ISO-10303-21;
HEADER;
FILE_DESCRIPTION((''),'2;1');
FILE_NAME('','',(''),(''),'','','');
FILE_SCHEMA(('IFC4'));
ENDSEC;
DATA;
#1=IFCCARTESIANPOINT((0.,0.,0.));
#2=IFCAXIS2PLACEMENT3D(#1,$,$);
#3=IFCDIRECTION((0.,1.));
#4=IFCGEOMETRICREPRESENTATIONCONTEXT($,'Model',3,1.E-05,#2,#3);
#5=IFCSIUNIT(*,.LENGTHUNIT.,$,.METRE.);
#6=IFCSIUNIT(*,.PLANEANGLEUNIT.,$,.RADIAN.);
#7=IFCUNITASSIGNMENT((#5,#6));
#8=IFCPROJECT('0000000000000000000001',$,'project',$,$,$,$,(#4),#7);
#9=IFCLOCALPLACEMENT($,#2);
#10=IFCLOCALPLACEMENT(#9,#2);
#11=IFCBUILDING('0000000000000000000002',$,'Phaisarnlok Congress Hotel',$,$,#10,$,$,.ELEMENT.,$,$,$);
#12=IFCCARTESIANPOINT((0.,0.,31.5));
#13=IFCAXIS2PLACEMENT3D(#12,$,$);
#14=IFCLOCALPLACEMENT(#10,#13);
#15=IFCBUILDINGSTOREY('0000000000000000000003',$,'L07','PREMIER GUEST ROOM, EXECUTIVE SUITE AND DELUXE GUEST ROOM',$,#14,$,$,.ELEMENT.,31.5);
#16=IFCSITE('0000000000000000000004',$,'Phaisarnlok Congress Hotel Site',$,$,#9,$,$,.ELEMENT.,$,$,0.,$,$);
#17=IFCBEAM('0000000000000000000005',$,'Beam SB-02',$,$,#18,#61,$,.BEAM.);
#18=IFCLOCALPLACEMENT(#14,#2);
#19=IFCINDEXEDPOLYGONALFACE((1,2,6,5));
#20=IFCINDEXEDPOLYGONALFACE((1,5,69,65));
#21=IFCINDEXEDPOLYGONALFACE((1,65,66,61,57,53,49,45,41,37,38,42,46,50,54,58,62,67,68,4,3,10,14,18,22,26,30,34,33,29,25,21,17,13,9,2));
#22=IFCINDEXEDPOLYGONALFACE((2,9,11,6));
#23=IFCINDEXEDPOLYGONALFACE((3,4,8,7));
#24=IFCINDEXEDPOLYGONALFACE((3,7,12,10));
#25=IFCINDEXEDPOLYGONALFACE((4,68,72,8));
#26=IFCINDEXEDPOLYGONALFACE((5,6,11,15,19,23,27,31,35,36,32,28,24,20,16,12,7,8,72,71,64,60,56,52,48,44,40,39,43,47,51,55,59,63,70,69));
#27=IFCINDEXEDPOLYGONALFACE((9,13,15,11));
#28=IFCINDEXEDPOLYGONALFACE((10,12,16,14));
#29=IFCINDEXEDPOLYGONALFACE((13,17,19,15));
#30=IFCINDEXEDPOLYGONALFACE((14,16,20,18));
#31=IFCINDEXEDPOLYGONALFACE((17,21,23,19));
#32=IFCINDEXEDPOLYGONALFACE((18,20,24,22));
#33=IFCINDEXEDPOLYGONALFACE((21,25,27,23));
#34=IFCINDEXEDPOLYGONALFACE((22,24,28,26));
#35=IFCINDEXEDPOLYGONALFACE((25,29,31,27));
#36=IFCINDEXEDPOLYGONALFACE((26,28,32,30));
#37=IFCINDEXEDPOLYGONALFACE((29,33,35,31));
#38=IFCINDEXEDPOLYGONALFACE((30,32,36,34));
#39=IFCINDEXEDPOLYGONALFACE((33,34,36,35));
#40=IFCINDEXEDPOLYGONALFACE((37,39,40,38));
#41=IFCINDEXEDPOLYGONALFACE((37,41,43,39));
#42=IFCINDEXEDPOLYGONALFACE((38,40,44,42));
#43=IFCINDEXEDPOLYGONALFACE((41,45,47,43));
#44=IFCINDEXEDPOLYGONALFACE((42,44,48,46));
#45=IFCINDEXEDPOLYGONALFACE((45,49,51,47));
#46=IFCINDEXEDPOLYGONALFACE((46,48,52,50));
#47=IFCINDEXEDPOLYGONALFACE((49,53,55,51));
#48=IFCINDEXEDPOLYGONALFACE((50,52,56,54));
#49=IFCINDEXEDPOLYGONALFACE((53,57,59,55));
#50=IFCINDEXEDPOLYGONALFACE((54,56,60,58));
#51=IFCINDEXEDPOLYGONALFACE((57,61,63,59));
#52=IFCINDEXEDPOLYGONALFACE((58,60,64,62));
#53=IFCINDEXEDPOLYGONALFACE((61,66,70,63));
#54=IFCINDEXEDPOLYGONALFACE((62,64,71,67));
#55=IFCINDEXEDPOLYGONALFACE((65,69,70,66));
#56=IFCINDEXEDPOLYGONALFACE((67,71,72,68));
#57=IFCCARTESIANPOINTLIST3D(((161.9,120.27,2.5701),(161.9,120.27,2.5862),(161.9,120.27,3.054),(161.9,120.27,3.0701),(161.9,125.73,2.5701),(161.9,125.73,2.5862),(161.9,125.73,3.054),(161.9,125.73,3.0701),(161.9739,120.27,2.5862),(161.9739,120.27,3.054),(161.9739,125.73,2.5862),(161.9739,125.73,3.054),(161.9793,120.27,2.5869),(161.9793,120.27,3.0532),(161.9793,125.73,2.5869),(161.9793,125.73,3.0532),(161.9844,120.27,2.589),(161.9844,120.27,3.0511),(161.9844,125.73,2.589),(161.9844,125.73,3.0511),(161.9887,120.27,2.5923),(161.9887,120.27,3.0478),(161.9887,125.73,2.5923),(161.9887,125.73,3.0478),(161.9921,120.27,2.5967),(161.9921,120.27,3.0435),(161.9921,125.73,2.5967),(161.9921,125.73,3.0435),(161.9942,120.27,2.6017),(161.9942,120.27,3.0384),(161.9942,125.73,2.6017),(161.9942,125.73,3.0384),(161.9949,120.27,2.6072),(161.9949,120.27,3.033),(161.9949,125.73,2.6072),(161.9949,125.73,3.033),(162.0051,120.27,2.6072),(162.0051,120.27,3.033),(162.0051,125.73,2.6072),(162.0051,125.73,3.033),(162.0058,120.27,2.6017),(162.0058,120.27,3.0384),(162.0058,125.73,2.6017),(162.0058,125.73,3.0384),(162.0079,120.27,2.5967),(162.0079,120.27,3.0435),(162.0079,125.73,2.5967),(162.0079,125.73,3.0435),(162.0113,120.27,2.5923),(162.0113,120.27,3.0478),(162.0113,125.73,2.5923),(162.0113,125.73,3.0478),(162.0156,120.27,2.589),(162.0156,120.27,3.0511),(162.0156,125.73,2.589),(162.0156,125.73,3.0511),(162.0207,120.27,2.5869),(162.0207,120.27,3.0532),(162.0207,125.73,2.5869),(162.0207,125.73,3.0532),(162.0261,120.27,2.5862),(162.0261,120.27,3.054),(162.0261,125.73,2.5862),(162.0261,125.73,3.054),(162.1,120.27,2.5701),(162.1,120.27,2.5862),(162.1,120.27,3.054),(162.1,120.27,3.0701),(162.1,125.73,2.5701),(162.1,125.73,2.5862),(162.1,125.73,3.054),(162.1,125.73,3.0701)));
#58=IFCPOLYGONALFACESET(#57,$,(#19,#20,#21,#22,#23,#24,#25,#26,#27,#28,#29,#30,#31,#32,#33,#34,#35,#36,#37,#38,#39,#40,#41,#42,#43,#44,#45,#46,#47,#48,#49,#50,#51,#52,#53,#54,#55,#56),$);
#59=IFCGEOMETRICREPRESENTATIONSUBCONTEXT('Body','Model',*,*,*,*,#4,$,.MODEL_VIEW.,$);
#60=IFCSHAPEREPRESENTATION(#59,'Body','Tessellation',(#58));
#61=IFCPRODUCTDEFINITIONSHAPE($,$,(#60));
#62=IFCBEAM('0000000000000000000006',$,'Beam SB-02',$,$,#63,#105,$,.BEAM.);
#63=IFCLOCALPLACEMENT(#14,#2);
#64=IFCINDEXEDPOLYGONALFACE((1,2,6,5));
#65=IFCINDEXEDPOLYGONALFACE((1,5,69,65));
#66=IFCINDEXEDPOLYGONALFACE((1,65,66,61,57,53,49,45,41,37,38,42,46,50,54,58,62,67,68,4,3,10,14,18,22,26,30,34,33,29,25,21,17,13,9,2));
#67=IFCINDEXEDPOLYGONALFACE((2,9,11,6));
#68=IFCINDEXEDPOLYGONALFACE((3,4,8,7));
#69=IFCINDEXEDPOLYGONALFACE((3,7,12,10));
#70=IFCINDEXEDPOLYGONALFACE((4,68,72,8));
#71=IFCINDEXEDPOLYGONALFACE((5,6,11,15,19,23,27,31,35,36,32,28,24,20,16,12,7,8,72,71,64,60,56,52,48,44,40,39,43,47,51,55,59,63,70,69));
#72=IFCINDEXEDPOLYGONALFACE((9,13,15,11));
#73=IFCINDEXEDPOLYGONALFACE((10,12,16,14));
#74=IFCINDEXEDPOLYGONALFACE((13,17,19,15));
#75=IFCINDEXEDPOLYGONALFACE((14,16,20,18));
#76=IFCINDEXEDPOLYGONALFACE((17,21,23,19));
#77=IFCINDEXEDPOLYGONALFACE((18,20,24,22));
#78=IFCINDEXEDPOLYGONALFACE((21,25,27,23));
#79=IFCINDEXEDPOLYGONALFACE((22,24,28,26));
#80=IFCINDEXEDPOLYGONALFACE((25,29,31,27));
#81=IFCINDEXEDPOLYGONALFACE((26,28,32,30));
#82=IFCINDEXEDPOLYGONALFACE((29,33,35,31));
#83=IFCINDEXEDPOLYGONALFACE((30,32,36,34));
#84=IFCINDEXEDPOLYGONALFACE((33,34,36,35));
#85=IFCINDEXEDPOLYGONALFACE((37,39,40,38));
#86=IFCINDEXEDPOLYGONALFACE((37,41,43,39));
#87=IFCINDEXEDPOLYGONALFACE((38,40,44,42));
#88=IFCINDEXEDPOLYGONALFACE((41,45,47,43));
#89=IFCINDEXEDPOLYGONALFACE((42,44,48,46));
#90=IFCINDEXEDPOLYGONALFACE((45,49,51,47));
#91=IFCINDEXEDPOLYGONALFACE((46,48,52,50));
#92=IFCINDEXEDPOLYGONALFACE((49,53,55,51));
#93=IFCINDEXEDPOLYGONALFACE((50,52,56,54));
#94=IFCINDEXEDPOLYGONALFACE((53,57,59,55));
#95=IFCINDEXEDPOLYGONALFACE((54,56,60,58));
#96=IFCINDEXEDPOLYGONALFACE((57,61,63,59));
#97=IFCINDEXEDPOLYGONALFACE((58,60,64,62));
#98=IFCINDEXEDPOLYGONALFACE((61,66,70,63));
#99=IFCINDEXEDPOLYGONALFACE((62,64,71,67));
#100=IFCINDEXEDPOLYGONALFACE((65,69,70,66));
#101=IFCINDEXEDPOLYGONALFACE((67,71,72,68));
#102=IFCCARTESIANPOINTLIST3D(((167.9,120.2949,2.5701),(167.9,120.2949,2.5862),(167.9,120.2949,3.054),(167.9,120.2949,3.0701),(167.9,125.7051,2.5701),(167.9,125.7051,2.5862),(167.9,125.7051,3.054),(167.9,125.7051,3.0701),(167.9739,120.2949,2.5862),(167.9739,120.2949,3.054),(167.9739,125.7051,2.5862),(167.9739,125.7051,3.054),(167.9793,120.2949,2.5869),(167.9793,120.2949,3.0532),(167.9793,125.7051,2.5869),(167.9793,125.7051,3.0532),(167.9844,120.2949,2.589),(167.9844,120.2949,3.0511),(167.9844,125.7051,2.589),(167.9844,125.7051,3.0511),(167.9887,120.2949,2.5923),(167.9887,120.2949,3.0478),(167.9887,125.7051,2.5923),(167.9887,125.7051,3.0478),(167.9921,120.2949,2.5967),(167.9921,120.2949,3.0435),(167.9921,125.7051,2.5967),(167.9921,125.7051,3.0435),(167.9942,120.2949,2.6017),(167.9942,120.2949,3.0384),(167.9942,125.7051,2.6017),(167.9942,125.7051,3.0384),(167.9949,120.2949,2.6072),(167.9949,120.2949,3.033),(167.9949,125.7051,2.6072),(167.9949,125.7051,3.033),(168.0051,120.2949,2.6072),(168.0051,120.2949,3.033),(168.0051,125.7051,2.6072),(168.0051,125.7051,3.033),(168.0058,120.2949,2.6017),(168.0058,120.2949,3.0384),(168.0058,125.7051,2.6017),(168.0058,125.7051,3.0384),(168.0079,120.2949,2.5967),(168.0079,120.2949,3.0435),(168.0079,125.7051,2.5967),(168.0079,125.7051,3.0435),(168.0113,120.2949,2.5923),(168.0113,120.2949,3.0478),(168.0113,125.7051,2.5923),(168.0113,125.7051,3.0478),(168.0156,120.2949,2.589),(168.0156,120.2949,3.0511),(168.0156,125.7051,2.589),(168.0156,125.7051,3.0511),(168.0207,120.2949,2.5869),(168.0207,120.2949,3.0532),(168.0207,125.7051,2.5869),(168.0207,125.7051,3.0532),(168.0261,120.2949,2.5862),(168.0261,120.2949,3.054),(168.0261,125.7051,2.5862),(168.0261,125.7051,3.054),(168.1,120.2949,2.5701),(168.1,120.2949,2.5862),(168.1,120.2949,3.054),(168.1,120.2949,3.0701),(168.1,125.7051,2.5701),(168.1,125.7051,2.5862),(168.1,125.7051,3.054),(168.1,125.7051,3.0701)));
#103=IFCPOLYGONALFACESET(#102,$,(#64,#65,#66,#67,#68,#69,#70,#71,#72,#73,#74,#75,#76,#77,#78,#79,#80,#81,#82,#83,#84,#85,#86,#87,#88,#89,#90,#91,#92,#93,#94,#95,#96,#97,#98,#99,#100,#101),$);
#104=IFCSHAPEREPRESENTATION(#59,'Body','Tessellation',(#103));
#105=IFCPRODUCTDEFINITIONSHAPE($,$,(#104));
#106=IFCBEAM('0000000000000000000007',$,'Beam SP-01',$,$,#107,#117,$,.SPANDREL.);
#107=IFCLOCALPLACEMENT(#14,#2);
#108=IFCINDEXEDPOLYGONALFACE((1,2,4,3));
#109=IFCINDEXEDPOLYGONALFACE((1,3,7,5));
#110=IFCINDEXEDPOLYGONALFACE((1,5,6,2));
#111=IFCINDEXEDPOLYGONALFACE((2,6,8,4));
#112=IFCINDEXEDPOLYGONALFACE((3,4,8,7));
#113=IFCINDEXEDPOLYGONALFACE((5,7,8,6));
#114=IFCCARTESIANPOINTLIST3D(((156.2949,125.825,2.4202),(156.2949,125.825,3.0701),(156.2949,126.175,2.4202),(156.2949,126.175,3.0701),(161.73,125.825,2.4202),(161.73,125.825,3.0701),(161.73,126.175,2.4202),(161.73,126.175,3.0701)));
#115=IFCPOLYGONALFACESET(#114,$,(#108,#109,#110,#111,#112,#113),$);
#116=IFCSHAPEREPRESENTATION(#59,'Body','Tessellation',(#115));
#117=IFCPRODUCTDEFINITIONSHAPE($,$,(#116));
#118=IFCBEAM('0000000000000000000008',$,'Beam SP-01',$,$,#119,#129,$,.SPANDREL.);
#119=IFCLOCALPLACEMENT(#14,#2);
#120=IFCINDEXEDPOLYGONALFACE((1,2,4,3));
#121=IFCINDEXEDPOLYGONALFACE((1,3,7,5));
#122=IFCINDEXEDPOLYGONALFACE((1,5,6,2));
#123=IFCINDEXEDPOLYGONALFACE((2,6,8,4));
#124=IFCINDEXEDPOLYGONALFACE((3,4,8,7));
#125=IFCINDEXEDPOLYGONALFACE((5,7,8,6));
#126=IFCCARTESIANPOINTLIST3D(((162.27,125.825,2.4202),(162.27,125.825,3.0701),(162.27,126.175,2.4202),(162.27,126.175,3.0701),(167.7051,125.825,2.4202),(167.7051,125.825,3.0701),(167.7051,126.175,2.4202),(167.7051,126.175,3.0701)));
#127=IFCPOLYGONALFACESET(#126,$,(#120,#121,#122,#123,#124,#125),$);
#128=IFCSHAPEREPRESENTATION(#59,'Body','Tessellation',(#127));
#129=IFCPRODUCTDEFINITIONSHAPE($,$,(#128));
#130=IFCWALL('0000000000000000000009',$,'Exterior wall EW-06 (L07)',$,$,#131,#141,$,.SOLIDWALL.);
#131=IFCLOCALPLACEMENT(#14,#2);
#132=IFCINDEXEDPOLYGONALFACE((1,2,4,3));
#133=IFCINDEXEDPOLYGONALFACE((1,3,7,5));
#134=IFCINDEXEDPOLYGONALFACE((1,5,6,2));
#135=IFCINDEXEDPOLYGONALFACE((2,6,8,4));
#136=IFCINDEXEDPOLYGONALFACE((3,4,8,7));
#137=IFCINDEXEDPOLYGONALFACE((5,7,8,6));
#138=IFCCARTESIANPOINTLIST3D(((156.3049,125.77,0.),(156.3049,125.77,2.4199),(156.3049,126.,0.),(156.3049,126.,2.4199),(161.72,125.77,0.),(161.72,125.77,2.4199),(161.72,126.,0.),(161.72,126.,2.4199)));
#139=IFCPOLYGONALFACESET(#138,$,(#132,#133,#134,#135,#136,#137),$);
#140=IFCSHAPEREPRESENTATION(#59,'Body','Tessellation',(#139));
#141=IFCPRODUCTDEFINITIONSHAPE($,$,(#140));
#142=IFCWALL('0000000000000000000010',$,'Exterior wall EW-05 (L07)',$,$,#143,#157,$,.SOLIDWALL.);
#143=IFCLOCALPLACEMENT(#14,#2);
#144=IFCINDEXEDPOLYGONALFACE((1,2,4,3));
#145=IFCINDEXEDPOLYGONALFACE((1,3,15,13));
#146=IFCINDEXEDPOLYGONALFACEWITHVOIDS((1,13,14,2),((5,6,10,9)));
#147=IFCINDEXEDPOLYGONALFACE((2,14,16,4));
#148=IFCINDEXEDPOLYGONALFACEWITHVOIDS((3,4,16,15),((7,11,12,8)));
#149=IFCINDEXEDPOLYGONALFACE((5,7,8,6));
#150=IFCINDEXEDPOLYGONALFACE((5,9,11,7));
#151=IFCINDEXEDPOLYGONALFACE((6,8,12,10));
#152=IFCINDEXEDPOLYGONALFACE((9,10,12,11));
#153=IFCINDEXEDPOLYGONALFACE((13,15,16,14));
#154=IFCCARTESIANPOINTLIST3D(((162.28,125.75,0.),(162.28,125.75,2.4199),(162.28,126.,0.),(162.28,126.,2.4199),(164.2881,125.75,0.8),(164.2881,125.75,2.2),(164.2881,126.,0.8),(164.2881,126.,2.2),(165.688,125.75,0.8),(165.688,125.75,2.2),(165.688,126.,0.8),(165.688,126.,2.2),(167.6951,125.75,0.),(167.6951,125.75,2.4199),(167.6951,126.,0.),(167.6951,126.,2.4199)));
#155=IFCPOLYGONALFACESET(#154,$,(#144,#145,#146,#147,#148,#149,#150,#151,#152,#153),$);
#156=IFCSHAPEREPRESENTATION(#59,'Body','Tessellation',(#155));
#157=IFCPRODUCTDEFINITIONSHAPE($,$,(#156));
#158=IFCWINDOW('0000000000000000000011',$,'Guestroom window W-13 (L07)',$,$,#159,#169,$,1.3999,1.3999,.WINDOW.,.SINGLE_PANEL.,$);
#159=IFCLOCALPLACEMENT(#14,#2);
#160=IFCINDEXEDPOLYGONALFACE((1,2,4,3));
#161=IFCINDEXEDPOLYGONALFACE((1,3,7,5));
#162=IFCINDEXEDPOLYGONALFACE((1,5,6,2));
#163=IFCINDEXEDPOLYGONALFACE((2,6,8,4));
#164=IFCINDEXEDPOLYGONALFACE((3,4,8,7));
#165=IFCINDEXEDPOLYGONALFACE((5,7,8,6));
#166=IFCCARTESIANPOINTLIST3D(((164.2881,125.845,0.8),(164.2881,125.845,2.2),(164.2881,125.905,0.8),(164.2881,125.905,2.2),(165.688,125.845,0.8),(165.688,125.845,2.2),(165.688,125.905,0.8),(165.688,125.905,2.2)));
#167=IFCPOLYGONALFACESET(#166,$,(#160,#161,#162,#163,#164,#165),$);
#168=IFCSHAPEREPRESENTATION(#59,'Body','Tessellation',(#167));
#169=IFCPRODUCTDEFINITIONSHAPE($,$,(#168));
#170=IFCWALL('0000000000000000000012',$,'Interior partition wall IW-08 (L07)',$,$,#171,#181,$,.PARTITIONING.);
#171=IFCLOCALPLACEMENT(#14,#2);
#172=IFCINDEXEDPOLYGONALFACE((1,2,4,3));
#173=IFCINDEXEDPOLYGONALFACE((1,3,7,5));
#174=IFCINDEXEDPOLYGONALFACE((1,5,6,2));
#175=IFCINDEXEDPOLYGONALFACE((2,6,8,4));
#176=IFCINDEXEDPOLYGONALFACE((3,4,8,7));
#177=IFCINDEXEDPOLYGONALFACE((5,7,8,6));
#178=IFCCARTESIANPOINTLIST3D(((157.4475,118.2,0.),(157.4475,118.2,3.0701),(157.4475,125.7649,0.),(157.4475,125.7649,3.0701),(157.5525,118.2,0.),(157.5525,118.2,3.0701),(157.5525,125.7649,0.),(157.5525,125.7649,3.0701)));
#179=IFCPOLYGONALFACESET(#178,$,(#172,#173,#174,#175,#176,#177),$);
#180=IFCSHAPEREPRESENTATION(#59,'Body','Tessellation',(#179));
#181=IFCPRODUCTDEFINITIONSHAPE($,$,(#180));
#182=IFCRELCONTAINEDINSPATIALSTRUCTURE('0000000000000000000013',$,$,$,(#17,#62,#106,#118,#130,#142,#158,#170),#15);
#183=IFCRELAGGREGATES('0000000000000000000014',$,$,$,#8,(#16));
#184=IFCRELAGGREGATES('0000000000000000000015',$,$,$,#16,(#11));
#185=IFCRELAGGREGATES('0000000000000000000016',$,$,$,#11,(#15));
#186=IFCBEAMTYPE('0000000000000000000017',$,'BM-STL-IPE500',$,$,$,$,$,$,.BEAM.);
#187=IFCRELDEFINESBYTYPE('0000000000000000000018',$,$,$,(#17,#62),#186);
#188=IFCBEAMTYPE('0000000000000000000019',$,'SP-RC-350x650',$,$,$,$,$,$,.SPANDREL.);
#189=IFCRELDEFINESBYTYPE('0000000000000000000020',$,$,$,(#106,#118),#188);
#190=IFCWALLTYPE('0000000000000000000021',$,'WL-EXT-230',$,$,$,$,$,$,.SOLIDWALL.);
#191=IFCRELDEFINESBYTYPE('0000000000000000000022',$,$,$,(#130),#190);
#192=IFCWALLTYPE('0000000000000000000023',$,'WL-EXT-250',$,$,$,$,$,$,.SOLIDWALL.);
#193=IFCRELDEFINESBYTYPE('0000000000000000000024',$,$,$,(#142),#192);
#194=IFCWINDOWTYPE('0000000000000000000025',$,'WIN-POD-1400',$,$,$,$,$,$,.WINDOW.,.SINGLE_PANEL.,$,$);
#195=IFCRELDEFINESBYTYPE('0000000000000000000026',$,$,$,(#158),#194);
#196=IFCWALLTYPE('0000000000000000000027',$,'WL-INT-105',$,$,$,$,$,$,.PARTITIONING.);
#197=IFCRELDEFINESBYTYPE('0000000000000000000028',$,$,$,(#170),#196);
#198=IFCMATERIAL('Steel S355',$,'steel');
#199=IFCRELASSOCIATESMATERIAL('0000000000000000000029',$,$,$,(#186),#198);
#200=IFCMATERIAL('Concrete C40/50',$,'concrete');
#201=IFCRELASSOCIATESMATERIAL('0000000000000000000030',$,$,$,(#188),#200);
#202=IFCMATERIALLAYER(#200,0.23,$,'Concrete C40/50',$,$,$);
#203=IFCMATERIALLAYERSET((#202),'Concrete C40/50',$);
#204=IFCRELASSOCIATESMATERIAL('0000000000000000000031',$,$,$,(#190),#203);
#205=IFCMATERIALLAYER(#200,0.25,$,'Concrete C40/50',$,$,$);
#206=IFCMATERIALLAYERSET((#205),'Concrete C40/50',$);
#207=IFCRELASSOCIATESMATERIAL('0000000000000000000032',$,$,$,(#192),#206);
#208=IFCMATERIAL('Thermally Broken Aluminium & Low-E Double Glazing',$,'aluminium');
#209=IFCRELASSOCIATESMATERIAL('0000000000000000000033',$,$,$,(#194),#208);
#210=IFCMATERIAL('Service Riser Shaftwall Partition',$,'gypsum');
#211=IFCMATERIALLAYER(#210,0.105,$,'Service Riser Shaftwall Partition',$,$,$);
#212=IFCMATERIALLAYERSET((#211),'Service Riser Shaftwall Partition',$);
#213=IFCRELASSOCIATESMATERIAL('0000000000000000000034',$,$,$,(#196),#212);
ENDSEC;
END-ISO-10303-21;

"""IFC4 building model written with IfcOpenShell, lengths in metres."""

from ifc_helpers import new_model, si_unit, direction, frame, frame_2d, origin, origin_2d, place, context, subcontext, project, spatial, rectangle, i_section, extrude, material, layer, layer_set, material_profile, profile_set, type_object, element, fill, save


model = new_model("IFC4")

# Units and contexts
model_context = context("Model", 3, precision=1e-05, world=origin(), true_north=direction((0.0, 1.0)))
body_context = subcontext(model_context, "Body", "Model", "MODEL_VIEW")
ifc_project = project(units=[si_unit("LENGTHUNIT", "METRE"), si_unit("PLANEANGLEUNIT", "RADIAN")], contexts=[model_context])

# Site, building, storey
site_placement = place(None, origin())
site = spatial("IfcSite", under=ifc_project, at=site_placement, Name="Phaisarnlok Congress Hotel Site", CompositionType="ELEMENT", RefElevation=0.0)
building_placement = place(site_placement, origin())
building = spatial("IfcBuilding", under=site, at=building_placement, Name="Phaisarnlok Congress Hotel", CompositionType="ELEMENT")
storey_placement = place(building_placement, frame((0.0, 0.0, 31.5)))
storey = spatial("IfcBuildingStorey", under=building, at=storey_placement, Name="L07", Description="PREMIER GUEST ROOM, EXECUTIVE SUITE AND DELUXE GUEST ROOM", CompositionType="ELEMENT", Elevation=31.5)

# Beams
ifc_material_1 = material(Name="Concrete C40/50", Category="concrete")
ifc_material_2 = material(Name="Steel S355", Category="steel")
ifc_material_profile_1 = material_profile(ifc_material_2, i_section(OverallWidth=0.2, OverallDepth=0.5, WebThickness=0.0103, FlangeThickness=0.0161, FilletRadius=0.021, at=origin_2d()), Name="IPE 500")
ifc_profile_set_1 = profile_set([ifc_material_profile_1], Name="Steel S355")
beam_type_1 = type_object("IfcBeamType", Name="BM-STL-IPE500", PredefinedType="BEAM", material=ifc_profile_set_1)
beam_1_placement = place(storey_placement, frame((162.0, 120.27, 2.8201), z_axis=(0.0, 1.0, 0.0), x_axis=(-1.0, 0.0, 0.0)))
element("IfcBeam", 1, at=beam_1_placement, inside=storey, type_object=beam_type_1, Name="Beam SB-02", PredefinedType="BEAM", context=body_context, shape_type="SweptSolid", body=[
    extrude(i_section(OverallWidth=0.2, OverallDepth=0.5, WebThickness=0.0103, FlangeThickness=0.0161, FilletRadius=0.021, at=origin_2d()), origin(), (0.0, 0.0, 1.0), 5.46),
])
beam_2_placement = place(storey_placement, frame((168.0, 120.2949, 2.8201), z_axis=(0.0, 1.0, 0.0), x_axis=(-1.0, 0.0, 0.0)))
element("IfcBeam", 2, at=beam_2_placement, inside=storey, type_object=beam_type_1, Name="Beam SB-02", PredefinedType="BEAM", context=body_context, shape_type="SweptSolid", body=[
    extrude(i_section(OverallWidth=0.2, OverallDepth=0.5, WebThickness=0.0103, FlangeThickness=0.0161, FilletRadius=0.021, at=origin_2d()), origin(), (0.0, 0.0, 1.0), 5.4102),
])
ifc_material_profile_2 = material_profile(ifc_material_1, rectangle(XDim=0.3501, YDim=0.6499, at=origin_2d()), Name="RC 350x650")
ifc_profile_set_2 = profile_set([ifc_material_profile_2], Name="Concrete C40/50")
beam_type_2 = type_object("IfcBeamType", Name="SP-RC-350x650", PredefinedType="SPANDREL", material=ifc_profile_set_2)
for number, where, z_axis, x_axis, name in (
    (3, (156.2949, 126.0, 2.7451), (1.0, 0.0, 0.0), (0.0, 1.0, 0.0), "Beam SP-01"),
    (4, (162.27, 126.0, 2.7451), (1.0, 0.0, 0.0), (0.0, 1.0, 0.0), "Beam SP-01"),
):
    element("IfcBeam", number, at=place(storey_placement, frame(where, z_axis=z_axis, x_axis=x_axis)), inside=storey, type_object=beam_type_2, Name=name, PredefinedType="SPANDREL", context=body_context, shape_type="SweptSolid", body=[
        extrude(rectangle(XDim=0.3501, YDim=0.6499, at=origin_2d()), origin(), (0.0, 0.0, 1.0), 5.4351),
    ])

# Wall
ifc_layer_1 = layer(ifc_material_1, 0.23, Name="Concrete C40/50")
ifc_layer_set_1 = layer_set([ifc_layer_1], Name="Concrete C40/50")
wall_type_1 = type_object("IfcWallType", Name="WL-EXT-230", PredefinedType="SOLIDWALL", material=ifc_layer_set_1)
wall_1_placement = place(storey_placement, frame((161.72, 125.885, 0.0), z_axis=(0.0, 0.0, 1.0), x_axis=(-1.0, 0.0, 0.0)))
element("IfcWall", 5, at=wall_1_placement, inside=storey, type_object=wall_type_1, Name="Exterior wall EW-06 (L07)", PredefinedType="SOLIDWALL", context=body_context, shape_type="SweptSolid", body=[
    extrude(rectangle(XDim=5.415, YDim=0.23, at=frame_2d((2.7075, 0.0))), origin(), (0.0, 0.0, 1.0), 2.4199),
])

# Wall, opening, window
ifc_layer_2 = layer(ifc_material_1, 0.25, Name="Concrete C40/50")
ifc_layer_set_2 = layer_set([ifc_layer_2], Name="Concrete C40/50")
wall_type_2 = type_object("IfcWallType", Name="WL-EXT-250", PredefinedType="SOLIDWALL", material=ifc_layer_set_2)
wall_2_placement = place(storey_placement, frame((167.6951, 125.875, 0.0), z_axis=(0.0, 0.0, 1.0), x_axis=(-1.0, 0.0, 0.0)))
wall_2 = element("IfcWall", 6, at=wall_2_placement, inside=storey, type_object=wall_type_2, Name="Exterior wall EW-05 (L07)", PredefinedType="SOLIDWALL", context=body_context, shape_type="SweptSolid", body=[
    extrude(rectangle(XDim=5.415, YDim=0.25, at=frame_2d((2.7075, 0.0))), origin(), (0.0, 0.0, 1.0), 2.4199),
])
opening_1_placement = place(wall_2_placement, frame((2.0071, 0.0, 0.8)))
opening_1 = element("IfcOpeningElement", 7, at=opening_1_placement, cuts=wall_2, PredefinedType="OPENING", context=body_context, shape_type="SweptSolid", body=[
    extrude(rectangle(XDim=1.3999, YDim=1.3999, at=frame_2d((0.7, 0.7))), frame((0.0, 0.135, 0.0), z_axis=(0.0, -1.0, 0.0), x_axis=(1.0, 0.0, 0.0)), (0.0, 0.0, 1.0), 0.27),
])
ifc_material_3 = material(Name="Thermally Broken Aluminium & Low-E Double Glazing", Category="aluminium")
window_type = type_object("IfcWindowType", Name="WIN-POD-1400", PartitioningType="SINGLE_PANEL", PredefinedType="WINDOW", material=ifc_material_3)
window_placement = place(opening_1_placement, origin())
window = element("IfcWindow", 8, at=window_placement, inside=storey, type_object=window_type, Name="Guestroom window W-13 (L07)", OverallHeight=1.3999, OverallWidth=1.3999, PartitioningType="SINGLE_PANEL", PredefinedType="WINDOW", context=body_context, shape_type="SweptSolid", body=[
    extrude(rectangle(XDim=1.3999, YDim=1.3999, at=frame_2d((0.7, 0.7))), frame((0.0, 0.03, 0.0), z_axis=(0.0, -1.0, 0.0), x_axis=(1.0, 0.0, 0.0)), (0.0, 0.0, 1.0), 0.0601),
])
fill(opening_1, window)

# Wall
ifc_material_4 = material(Name="Service Riser Shaftwall Partition", Category="gypsum")
ifc_layer_3 = layer(ifc_material_4, 0.105, Name="Service Riser Shaftwall Partition")
ifc_layer_set_3 = layer_set([ifc_layer_3], Name="Service Riser Shaftwall Partition")
wall_type_3 = type_object("IfcWallType", Name="WL-INT-105", PredefinedType="PARTITIONING", material=ifc_layer_set_3)
wall_3_placement = place(storey_placement, frame((157.5, 118.2, 0.0), z_axis=(0.0, 0.0, 1.0), x_axis=(0.0, 1.0, 0.0)))
element("IfcWall", 9, at=wall_3_placement, inside=storey, type_object=wall_type_3, Name="Interior partition wall IW-08 (L07)", PredefinedType="PARTITIONING", context=body_context, shape_type="SweptSolid", body=[
    extrude(rectangle(XDim=7.5649, YDim=0.105, at=frame_2d((3.7825, 0.0))), origin(), (0.0, 0.0, 1.0), 3.0701),
])

save(model, "model.ifc")
